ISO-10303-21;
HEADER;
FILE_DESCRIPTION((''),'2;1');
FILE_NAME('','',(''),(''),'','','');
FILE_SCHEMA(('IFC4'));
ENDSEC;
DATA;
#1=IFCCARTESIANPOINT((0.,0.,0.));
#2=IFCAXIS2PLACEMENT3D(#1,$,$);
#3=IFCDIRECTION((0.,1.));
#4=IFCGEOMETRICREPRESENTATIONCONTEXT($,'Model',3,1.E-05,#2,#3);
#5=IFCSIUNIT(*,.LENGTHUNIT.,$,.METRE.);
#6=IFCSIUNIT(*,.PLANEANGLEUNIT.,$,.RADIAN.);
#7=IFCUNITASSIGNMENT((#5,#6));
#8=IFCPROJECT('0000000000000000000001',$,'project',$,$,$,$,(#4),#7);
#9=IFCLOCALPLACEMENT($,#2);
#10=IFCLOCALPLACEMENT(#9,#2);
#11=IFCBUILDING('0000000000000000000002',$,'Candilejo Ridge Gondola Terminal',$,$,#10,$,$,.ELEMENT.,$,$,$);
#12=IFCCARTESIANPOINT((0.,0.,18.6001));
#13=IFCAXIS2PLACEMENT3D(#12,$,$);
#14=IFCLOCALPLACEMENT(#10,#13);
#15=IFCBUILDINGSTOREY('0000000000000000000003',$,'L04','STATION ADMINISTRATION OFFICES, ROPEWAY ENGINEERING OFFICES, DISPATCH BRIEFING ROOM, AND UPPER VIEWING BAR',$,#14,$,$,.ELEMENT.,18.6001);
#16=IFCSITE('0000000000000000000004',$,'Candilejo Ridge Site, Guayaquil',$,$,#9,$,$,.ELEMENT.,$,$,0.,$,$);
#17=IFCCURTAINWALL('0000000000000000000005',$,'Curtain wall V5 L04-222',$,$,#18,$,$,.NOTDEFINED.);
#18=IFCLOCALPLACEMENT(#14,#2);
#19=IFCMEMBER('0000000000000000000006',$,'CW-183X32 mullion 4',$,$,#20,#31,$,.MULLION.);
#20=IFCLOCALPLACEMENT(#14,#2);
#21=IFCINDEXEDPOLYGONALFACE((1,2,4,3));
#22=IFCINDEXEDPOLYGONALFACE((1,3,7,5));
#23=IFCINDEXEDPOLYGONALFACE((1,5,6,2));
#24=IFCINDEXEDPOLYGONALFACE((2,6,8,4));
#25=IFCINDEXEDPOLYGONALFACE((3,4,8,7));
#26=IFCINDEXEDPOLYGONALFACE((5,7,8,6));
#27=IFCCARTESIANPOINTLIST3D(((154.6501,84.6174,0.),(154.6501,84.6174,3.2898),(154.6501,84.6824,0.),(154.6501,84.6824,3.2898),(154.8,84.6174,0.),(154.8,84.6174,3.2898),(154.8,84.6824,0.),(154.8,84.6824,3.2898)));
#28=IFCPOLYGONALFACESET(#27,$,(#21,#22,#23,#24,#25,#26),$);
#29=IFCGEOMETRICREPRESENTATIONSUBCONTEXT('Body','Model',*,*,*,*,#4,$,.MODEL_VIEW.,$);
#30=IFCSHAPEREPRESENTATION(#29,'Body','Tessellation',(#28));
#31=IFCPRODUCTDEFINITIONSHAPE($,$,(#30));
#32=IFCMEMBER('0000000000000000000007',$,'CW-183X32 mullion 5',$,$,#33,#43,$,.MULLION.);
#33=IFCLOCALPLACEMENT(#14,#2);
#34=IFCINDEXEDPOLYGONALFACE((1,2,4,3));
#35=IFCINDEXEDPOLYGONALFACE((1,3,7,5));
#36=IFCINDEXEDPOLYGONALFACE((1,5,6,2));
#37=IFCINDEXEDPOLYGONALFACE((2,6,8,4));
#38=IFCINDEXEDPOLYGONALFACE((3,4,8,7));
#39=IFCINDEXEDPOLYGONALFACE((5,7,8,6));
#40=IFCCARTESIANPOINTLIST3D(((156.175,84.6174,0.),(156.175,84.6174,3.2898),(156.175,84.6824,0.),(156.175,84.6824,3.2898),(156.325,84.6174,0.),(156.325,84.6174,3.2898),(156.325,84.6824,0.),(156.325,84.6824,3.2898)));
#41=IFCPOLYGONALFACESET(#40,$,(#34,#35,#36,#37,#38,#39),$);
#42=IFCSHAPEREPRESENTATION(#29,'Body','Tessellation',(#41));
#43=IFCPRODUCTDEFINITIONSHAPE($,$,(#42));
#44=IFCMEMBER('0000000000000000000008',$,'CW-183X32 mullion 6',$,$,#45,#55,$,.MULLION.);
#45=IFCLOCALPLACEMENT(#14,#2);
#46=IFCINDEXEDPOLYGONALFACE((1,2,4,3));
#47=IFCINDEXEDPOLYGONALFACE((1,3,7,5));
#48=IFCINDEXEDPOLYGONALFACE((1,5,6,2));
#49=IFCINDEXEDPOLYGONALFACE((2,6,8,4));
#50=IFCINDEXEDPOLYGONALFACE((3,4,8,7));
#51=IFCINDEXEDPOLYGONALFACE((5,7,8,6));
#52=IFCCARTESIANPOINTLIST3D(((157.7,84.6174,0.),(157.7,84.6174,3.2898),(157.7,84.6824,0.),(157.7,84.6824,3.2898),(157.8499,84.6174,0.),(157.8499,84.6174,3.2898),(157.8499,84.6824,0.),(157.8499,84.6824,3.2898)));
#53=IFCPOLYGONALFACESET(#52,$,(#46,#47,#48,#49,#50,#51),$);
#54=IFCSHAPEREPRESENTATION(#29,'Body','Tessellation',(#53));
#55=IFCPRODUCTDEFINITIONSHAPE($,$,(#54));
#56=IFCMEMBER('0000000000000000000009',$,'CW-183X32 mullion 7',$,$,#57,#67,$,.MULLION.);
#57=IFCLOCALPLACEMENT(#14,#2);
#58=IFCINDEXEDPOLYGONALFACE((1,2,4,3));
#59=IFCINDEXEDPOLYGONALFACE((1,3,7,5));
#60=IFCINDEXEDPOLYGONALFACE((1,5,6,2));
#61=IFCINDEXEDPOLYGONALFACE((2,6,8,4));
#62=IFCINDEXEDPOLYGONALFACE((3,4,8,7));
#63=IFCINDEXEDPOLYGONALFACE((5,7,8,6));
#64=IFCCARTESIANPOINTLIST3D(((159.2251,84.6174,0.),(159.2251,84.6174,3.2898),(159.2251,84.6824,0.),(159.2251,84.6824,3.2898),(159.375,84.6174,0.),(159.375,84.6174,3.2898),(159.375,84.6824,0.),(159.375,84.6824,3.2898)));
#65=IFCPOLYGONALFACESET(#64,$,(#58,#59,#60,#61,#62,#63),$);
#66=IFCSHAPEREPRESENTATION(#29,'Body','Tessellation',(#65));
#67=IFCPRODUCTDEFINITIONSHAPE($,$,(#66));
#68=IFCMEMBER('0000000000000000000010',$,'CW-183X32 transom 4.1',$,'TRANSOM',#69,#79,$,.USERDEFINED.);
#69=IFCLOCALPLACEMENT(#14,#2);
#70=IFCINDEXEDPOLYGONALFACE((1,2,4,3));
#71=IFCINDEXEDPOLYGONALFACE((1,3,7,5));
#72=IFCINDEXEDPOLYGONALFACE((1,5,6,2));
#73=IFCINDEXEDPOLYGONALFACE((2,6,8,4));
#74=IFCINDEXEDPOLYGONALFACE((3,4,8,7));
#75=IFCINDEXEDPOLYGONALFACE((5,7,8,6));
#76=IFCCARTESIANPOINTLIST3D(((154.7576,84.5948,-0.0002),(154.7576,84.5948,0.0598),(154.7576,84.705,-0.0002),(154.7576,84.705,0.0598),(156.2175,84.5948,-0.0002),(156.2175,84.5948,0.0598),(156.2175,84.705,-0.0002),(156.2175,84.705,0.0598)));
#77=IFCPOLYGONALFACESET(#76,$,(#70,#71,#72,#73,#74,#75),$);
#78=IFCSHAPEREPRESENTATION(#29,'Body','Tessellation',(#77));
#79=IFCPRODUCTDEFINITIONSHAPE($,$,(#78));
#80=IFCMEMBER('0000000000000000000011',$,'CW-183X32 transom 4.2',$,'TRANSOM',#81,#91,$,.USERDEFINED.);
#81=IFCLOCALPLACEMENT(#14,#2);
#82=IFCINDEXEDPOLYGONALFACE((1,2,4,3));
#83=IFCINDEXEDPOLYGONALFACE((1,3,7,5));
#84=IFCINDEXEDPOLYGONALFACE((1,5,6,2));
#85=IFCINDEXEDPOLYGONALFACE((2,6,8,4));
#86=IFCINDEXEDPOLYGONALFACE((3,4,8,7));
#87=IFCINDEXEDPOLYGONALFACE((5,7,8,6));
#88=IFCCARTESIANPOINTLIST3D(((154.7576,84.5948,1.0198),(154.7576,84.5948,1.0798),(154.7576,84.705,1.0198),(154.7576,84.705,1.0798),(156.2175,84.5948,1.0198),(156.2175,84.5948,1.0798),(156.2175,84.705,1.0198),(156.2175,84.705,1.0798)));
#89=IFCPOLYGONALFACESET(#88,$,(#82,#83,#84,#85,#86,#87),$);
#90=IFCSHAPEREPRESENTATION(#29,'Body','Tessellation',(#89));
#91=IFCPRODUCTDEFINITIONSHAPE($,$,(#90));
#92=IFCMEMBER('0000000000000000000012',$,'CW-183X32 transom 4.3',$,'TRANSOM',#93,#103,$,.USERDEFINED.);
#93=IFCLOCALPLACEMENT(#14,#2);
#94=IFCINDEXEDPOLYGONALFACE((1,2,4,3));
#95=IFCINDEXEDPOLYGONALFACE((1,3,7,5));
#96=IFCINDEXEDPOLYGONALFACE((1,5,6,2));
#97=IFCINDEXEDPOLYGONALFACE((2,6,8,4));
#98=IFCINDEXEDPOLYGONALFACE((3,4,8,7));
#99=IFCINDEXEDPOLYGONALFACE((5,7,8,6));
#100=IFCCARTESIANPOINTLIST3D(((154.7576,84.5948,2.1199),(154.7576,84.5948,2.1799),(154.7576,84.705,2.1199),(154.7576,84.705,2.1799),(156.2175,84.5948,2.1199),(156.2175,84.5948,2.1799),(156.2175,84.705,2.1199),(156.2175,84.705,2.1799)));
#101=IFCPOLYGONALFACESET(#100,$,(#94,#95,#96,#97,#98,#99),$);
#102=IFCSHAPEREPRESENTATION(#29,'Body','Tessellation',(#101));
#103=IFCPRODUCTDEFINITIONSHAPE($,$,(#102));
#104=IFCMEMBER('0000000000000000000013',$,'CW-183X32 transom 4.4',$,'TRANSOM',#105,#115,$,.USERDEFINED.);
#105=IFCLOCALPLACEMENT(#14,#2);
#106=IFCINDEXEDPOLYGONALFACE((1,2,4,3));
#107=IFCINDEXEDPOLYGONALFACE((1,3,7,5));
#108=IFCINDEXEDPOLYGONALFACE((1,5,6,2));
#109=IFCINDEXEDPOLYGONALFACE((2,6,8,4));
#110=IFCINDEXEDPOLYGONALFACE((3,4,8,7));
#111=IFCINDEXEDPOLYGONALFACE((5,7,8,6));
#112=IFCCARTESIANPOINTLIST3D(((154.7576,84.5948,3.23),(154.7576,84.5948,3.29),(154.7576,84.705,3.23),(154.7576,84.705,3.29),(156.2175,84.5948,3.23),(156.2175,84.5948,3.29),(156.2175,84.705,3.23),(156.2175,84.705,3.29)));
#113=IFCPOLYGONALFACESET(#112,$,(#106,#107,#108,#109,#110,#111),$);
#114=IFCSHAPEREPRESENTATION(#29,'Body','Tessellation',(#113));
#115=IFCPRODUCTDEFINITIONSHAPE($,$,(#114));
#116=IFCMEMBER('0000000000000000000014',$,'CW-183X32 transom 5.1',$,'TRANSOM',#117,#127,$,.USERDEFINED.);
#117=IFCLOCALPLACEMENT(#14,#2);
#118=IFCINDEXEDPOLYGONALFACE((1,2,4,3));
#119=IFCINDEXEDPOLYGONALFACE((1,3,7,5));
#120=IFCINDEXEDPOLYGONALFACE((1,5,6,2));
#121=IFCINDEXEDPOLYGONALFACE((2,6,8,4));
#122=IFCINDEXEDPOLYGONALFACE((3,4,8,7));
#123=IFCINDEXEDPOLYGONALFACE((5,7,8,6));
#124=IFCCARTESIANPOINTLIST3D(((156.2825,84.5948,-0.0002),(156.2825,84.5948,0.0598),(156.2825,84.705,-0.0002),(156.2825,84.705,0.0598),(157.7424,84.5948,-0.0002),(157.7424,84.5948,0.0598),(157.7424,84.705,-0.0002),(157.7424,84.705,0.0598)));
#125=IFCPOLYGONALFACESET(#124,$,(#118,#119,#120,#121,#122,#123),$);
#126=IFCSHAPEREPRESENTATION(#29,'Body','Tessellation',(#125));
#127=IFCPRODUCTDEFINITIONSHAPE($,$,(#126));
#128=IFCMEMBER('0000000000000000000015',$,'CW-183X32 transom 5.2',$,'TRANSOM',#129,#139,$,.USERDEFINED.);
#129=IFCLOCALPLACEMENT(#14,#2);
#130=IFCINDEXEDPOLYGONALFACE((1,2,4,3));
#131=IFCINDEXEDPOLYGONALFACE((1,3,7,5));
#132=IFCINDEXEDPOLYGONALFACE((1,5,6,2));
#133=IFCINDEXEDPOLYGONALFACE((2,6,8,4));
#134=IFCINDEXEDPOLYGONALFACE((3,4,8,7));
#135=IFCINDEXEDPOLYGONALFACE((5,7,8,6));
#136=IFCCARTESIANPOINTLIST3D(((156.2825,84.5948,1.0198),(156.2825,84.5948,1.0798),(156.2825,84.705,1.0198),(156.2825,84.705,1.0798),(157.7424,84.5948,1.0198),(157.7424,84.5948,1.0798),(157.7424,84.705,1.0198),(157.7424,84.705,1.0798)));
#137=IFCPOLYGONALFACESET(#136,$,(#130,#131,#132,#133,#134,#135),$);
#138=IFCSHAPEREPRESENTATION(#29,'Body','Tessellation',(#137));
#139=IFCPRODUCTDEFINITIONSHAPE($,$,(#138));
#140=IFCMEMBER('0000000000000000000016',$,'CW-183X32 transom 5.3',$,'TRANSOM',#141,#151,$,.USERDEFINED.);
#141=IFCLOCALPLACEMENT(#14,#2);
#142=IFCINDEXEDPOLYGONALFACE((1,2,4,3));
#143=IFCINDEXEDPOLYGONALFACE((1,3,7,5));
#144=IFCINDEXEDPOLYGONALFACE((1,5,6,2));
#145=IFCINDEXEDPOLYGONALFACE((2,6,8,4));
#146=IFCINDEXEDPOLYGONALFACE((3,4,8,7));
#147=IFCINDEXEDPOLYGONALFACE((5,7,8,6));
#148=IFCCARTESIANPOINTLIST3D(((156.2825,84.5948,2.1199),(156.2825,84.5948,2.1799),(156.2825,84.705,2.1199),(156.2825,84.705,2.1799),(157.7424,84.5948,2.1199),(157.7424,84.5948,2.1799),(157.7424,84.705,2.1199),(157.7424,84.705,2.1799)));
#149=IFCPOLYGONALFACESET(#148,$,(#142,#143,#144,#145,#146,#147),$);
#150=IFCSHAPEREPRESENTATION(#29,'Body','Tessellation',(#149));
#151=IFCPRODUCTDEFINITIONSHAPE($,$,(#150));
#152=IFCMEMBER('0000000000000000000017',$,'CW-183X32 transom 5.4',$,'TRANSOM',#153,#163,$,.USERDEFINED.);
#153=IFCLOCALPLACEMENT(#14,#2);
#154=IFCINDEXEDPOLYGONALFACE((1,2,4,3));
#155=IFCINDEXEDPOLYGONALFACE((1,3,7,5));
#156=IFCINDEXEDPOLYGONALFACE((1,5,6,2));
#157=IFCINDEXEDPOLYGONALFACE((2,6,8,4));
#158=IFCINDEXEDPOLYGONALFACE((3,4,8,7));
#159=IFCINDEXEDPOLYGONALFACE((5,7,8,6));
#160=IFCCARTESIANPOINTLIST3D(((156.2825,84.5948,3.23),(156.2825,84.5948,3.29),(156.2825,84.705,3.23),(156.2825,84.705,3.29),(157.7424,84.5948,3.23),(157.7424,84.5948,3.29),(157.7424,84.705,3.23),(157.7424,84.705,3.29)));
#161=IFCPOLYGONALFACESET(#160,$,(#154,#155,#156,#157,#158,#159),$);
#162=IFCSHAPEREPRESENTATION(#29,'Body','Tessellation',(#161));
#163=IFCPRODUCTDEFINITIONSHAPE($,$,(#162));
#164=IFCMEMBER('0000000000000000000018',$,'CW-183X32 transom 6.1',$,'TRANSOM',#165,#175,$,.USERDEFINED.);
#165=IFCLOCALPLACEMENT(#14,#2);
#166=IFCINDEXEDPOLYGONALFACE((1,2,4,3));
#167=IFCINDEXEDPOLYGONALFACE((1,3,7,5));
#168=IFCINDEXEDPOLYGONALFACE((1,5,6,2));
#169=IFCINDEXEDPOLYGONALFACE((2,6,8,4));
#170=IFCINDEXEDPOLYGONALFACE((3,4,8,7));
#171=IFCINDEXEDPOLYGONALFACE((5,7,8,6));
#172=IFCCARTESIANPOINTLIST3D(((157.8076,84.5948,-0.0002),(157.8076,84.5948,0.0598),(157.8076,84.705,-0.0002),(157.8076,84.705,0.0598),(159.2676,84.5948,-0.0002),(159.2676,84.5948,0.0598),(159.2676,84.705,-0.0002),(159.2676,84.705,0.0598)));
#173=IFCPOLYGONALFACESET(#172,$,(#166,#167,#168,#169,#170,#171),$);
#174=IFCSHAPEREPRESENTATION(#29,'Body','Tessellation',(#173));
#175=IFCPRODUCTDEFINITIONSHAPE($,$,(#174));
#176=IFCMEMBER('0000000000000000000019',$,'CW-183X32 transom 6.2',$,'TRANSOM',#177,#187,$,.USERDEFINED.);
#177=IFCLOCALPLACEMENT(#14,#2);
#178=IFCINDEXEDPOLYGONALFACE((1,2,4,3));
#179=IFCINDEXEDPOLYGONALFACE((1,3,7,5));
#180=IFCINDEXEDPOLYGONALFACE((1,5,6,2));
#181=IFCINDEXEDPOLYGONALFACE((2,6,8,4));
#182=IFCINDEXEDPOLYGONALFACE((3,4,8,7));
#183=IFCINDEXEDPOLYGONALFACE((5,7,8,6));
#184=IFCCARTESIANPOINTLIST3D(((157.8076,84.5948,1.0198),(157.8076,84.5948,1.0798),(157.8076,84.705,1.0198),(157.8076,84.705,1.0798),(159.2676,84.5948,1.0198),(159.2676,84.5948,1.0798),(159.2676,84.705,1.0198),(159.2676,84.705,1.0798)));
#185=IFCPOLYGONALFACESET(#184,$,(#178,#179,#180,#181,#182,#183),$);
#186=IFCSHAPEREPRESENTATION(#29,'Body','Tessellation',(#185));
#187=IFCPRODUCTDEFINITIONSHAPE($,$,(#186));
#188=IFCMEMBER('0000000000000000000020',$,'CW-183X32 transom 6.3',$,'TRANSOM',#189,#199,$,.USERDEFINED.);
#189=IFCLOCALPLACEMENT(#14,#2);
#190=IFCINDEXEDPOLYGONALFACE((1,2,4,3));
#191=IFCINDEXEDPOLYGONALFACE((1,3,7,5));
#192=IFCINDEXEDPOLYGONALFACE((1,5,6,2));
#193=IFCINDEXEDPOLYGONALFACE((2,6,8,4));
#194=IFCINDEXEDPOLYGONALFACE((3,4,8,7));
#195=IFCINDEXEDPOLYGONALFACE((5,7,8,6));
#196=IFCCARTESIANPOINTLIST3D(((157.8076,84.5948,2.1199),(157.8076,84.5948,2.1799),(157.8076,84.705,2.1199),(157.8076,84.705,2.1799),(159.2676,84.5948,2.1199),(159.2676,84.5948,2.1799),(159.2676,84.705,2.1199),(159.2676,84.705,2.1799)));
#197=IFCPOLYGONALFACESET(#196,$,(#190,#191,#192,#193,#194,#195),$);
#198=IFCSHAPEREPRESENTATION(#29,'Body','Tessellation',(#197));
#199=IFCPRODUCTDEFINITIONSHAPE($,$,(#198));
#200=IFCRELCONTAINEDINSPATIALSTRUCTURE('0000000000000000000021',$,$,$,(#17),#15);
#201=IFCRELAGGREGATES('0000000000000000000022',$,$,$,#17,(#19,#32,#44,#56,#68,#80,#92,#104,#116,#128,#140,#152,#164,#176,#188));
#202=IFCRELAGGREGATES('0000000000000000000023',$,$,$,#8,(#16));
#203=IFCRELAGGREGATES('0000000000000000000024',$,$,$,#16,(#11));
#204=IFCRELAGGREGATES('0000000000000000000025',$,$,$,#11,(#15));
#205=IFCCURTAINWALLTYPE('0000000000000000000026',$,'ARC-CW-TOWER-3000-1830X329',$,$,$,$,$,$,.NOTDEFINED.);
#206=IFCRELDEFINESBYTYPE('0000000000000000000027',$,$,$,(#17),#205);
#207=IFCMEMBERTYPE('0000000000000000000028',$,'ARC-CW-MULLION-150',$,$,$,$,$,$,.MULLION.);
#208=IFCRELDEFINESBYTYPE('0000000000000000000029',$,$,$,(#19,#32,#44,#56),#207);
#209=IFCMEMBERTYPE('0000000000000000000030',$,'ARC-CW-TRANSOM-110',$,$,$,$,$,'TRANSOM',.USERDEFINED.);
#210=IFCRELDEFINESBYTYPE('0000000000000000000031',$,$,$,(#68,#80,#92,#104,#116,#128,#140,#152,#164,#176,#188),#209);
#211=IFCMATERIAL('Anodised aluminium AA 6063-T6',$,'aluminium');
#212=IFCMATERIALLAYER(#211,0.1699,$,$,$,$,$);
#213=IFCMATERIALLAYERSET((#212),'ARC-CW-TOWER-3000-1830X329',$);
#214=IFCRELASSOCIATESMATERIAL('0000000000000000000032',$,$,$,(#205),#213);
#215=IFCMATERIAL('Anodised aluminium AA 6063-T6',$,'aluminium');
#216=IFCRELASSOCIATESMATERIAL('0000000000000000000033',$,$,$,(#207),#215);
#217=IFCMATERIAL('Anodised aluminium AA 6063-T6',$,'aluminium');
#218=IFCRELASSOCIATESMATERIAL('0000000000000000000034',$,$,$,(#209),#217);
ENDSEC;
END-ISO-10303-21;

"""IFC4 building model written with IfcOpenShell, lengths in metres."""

from ifc_helpers import new_model, si_unit, direction, frame, origin, origin_2d, place, context, subcontext, project, spatial, rectangle, extrude, material, layer, layer_set, material_profile, profile_set, type_object, element, aggregate, save


model = new_model("IFC4")

# Units and contexts
model_context = context("Model", 3, precision=1e-05, world=origin(), true_north=direction((0.0, 1.0)))
body_context = subcontext(model_context, "Body", "Model", "MODEL_VIEW")
ifc_project = project(units=[si_unit("LENGTHUNIT", "METRE"), si_unit("PLANEANGLEUNIT", "RADIAN")], contexts=[model_context])

# Site, building, storey
site_placement = place(None, origin())
site = spatial("IfcSite", under=ifc_project, at=site_placement, Name="Candilejo Ridge Site, Guayaquil", CompositionType="ELEMENT", RefElevation=0.0)
building_placement = place(site_placement, origin())
building = spatial("IfcBuilding", under=site, at=building_placement, Name="Candilejo Ridge Gondola Terminal", CompositionType="ELEMENT")
storey_placement = place(building_placement, frame((0.0, 0.0, 18.6001)))
storey = spatial("IfcBuildingStorey", under=building, at=storey_placement, Name="L04", Description="STATION ADMINISTRATION OFFICES, ROPEWAY ENGINEERING OFFICES, DISPATCH BRIEFING ROOM, AND UPPER VIEWING BAR", CompositionType="ELEMENT", Elevation=18.6001)

# Curtain wall, members
ifc_material_1 = material(Name="Anodised aluminium AA 6063-T6", Category="aluminium")
ifc_layer_1 = layer(ifc_material_1, 0.1699)
ifc_layer_set_1 = layer_set([ifc_layer_1], Name="ARC-CW-TOWER-3000-1830X329")
curtain_wall_type = type_object("IfcCurtainWallType", Name="ARC-CW-TOWER-3000-1830X329", PredefinedType="NOTDEFINED", material=ifc_layer_set_1)
curtain_wall_placement = place(storey_placement, origin())
curtain_wall = element("IfcCurtainWall", 1, at=curtain_wall_placement, inside=storey, type_object=curtain_wall_type, Name="Curtain wall V5 L04-222", PredefinedType="NOTDEFINED")
ifc_material_2 = material(Name="Anodised aluminium AA 6063-T6", Category="aluminium")
ifc_material_profile_1 = material_profile(ifc_material_2, rectangle(XDim=0.0649, YDim=0.1499, at=origin_2d()))
ifc_profile_set_1 = profile_set([ifc_material_profile_1], Name="Anodised aluminium AA 6063-T6")
member_type_1 = type_object("IfcMemberType", Name="ARC-CW-MULLION-150", PredefinedType="MULLION", material=ifc_profile_set_1)
member_1_placement = place(storey_placement, frame((154.7251, 84.6499, 0.0), z_axis=(0.0, 0.0, 1.0), x_axis=(0.0, 1.0, 0.0)))
member_1 = element("IfcMember", 2, at=member_1_placement, type_object=member_type_1, Name="CW-183X32 mullion 4", PredefinedType="MULLION", context=body_context, shape_type="SweptSolid", body=[
    extrude(rectangle(XDim=0.0649, YDim=0.1499, at=origin_2d()), origin(), (0.0, 0.0, 1.0), 3.2898),
])
member_2_placement = place(storey_placement, frame((156.25, 84.6499, 0.0), z_axis=(0.0, 0.0, 1.0), x_axis=(0.0, 1.0, 0.0)))
member_2 = element("IfcMember", 3, at=member_2_placement, type_object=member_type_1, Name="CW-183X32 mullion 5", PredefinedType="MULLION", context=body_context, shape_type="SweptSolid", body=[
    extrude(rectangle(XDim=0.0649, YDim=0.1499, at=origin_2d()), origin(), (0.0, 0.0, 1.0), 3.2898),
])
member_3_placement = place(storey_placement, frame((157.7749, 84.6499, 0.0), z_axis=(0.0, 0.0, 1.0), x_axis=(0.0, 1.0, 0.0)))
member_3 = element("IfcMember", 4, at=member_3_placement, type_object=member_type_1, Name="CW-183X32 mullion 6", PredefinedType="MULLION", context=body_context, shape_type="SweptSolid", body=[
    extrude(rectangle(XDim=0.0649, YDim=0.1499, at=origin_2d()), origin(), (0.0, 0.0, 1.0), 3.2898),
])
member_4_placement = place(storey_placement, frame((159.3, 84.6499, 0.0), z_axis=(0.0, 0.0, 1.0), x_axis=(0.0, 1.0, 0.0)))
member_4 = element("IfcMember", 5, at=member_4_placement, type_object=member_type_1, Name="CW-183X32 mullion 7", PredefinedType="MULLION", context=body_context, shape_type="SweptSolid", body=[
    extrude(rectangle(XDim=0.0649, YDim=0.1499, at=origin_2d()), origin(), (0.0, 0.0, 1.0), 3.2898),
])
ifc_material_3 = material(Name="Anodised aluminium AA 6063-T6", Category="aluminium")
ifc_material_profile_2 = material_profile(ifc_material_3, rectangle(XDim=0.1101, YDim=0.0601, at=origin_2d()))
ifc_profile_set_2 = profile_set([ifc_material_profile_2], Name="Anodised aluminium AA 6063-T6")
member_type_2 = type_object("IfcMemberType", Name="ARC-CW-TRANSOM-110", ElementType="TRANSOM", PredefinedType="USERDEFINED", material=ifc_profile_set_2)
member_5_placement = place(storey_placement, frame((154.7576, 84.6499, 0.0298), z_axis=(1.0, 0.0, 0.0), x_axis=(0.0, 1.0, 0.0)))
member_5 = element("IfcMember", 6, at=member_5_placement, type_object=member_type_2, Name="CW-183X32 transom 4.1", ObjectType="TRANSOM", PredefinedType="USERDEFINED", context=body_context, shape_type="SweptSolid", body=[
    extrude(rectangle(XDim=0.1101, YDim=0.0601, at=origin_2d()), origin(), (0.0, 0.0, 1.0), 1.46),
])
member_6_placement = place(storey_placement, frame((154.7576, 84.6499, 1.0498), z_axis=(1.0, 0.0, 0.0), x_axis=(0.0, 1.0, 0.0)))
member_6 = element("IfcMember", 7, at=member_6_placement, type_object=member_type_2, Name="CW-183X32 transom 4.2", ObjectType="TRANSOM", PredefinedType="USERDEFINED", context=body_context, shape_type="SweptSolid", body=[
    extrude(rectangle(XDim=0.1101, YDim=0.0601, at=origin_2d()), origin(), (0.0, 0.0, 1.0), 1.46),
])
member_7_placement = place(storey_placement, frame((154.7576, 84.6499, 2.1499), z_axis=(1.0, 0.0, 0.0), x_axis=(0.0, 1.0, 0.0)))
member_7 = element("IfcMember", 8, at=member_7_placement, type_object=member_type_2, Name="CW-183X32 transom 4.3", ObjectType="TRANSOM", PredefinedType="USERDEFINED", context=body_context, shape_type="SweptSolid", body=[
    extrude(rectangle(XDim=0.1101, YDim=0.0601, at=origin_2d()), origin(), (0.0, 0.0, 1.0), 1.46),
])
member_8_placement = place(storey_placement, frame((154.7576, 84.6499, 3.26), z_axis=(1.0, 0.0, 0.0), x_axis=(0.0, 1.0, 0.0)))
member_8 = element("IfcMember", 9, at=member_8_placement, type_object=member_type_2, Name="CW-183X32 transom 4.4", ObjectType="TRANSOM", PredefinedType="USERDEFINED", context=body_context, shape_type="SweptSolid", body=[
    extrude(rectangle(XDim=0.1101, YDim=0.0601, at=origin_2d()), origin(), (0.0, 0.0, 1.0), 1.46),
])
member_9_placement = place(storey_placement, frame((156.2825, 84.6499, 0.0298), z_axis=(1.0, 0.0, 0.0), x_axis=(0.0, 1.0, 0.0)))
member_9 = element("IfcMember", 10, at=member_9_placement, type_object=member_type_2, Name="CW-183X32 transom 5.1", ObjectType="TRANSOM", PredefinedType="USERDEFINED", context=body_context, shape_type="SweptSolid", body=[
    extrude(rectangle(XDim=0.1101, YDim=0.0601, at=origin_2d()), origin(), (0.0, 0.0, 1.0), 1.46),
])
member_10_placement = place(storey_placement, frame((156.2825, 84.6499, 1.0498), z_axis=(1.0, 0.0, 0.0), x_axis=(0.0, 1.0, 0.0)))
member_10 = element("IfcMember", 11, at=member_10_placement, type_object=member_type_2, Name="CW-183X32 transom 5.2", ObjectType="TRANSOM", PredefinedType="USERDEFINED", context=body_context, shape_type="SweptSolid", body=[
    extrude(rectangle(XDim=0.1101, YDim=0.0601, at=origin_2d()), origin(), (0.0, 0.0, 1.0), 1.46),
])
member_11_placement = place(storey_placement, frame((156.2825, 84.6499, 2.1499), z_axis=(1.0, 0.0, 0.0), x_axis=(0.0, 1.0, 0.0)))
member_11 = element("IfcMember", 12, at=member_11_placement, type_object=member_type_2, Name="CW-183X32 transom 5.3", ObjectType="TRANSOM", PredefinedType="USERDEFINED", context=body_context, shape_type="SweptSolid", body=[
    extrude(rectangle(XDim=0.1101, YDim=0.0601, at=origin_2d()), origin(), (0.0, 0.0, 1.0), 1.46),
])
member_12_placement = place(storey_placement, frame((156.2825, 84.6499, 3.26), z_axis=(1.0, 0.0, 0.0), x_axis=(0.0, 1.0, 0.0)))
member_12 = element("IfcMember", 13, at=member_12_placement, type_object=member_type_2, Name="CW-183X32 transom 5.4", ObjectType="TRANSOM", PredefinedType="USERDEFINED", context=body_context, shape_type="SweptSolid", body=[
    extrude(rectangle(XDim=0.1101, YDim=0.0601, at=origin_2d()), origin(), (0.0, 0.0, 1.0), 1.46),
])
member_13_placement = place(storey_placement, frame((157.8076, 84.6499, 0.0298), z_axis=(1.0, 0.0, 0.0), x_axis=(0.0, 1.0, 0.0)))
member_13 = element("IfcMember", 14, at=member_13_placement, type_object=member_type_2, Name="CW-183X32 transom 6.1", ObjectType="TRANSOM", PredefinedType="USERDEFINED", context=body_context, shape_type="SweptSolid", body=[
    extrude(rectangle(XDim=0.1101, YDim=0.0601, at=origin_2d()), origin(), (0.0, 0.0, 1.0), 1.46),
])
member_14_placement = place(storey_placement, frame((157.8076, 84.6499, 1.0498), z_axis=(1.0, 0.0, 0.0), x_axis=(0.0, 1.0, 0.0)))
member_14 = element("IfcMember", 15, at=member_14_placement, type_object=member_type_2, Name="CW-183X32 transom 6.2", ObjectType="TRANSOM", PredefinedType="USERDEFINED", context=body_context, shape_type="SweptSolid", body=[
    extrude(rectangle(XDim=0.1101, YDim=0.0601, at=origin_2d()), origin(), (0.0, 0.0, 1.0), 1.46),
])
member_15_placement = place(storey_placement, frame((157.8076, 84.6499, 2.1499), z_axis=(1.0, 0.0, 0.0), x_axis=(0.0, 1.0, 0.0)))
member_15 = element("IfcMember", 16, at=member_15_placement, type_object=member_type_2, Name="CW-183X32 transom 6.3", ObjectType="TRANSOM", PredefinedType="USERDEFINED", context=body_context, shape_type="SweptSolid", body=[
    extrude(rectangle(XDim=0.1101, YDim=0.0601, at=origin_2d()), origin(), (0.0, 0.0, 1.0), 1.46),
])
aggregate(curtain_wall, [member_1, member_2, member_3, member_4, member_5, member_6, member_7, member_8, member_9, member_10, member_11, member_12, member_13, member_14, member_15])

save(model, "model.ifc")
